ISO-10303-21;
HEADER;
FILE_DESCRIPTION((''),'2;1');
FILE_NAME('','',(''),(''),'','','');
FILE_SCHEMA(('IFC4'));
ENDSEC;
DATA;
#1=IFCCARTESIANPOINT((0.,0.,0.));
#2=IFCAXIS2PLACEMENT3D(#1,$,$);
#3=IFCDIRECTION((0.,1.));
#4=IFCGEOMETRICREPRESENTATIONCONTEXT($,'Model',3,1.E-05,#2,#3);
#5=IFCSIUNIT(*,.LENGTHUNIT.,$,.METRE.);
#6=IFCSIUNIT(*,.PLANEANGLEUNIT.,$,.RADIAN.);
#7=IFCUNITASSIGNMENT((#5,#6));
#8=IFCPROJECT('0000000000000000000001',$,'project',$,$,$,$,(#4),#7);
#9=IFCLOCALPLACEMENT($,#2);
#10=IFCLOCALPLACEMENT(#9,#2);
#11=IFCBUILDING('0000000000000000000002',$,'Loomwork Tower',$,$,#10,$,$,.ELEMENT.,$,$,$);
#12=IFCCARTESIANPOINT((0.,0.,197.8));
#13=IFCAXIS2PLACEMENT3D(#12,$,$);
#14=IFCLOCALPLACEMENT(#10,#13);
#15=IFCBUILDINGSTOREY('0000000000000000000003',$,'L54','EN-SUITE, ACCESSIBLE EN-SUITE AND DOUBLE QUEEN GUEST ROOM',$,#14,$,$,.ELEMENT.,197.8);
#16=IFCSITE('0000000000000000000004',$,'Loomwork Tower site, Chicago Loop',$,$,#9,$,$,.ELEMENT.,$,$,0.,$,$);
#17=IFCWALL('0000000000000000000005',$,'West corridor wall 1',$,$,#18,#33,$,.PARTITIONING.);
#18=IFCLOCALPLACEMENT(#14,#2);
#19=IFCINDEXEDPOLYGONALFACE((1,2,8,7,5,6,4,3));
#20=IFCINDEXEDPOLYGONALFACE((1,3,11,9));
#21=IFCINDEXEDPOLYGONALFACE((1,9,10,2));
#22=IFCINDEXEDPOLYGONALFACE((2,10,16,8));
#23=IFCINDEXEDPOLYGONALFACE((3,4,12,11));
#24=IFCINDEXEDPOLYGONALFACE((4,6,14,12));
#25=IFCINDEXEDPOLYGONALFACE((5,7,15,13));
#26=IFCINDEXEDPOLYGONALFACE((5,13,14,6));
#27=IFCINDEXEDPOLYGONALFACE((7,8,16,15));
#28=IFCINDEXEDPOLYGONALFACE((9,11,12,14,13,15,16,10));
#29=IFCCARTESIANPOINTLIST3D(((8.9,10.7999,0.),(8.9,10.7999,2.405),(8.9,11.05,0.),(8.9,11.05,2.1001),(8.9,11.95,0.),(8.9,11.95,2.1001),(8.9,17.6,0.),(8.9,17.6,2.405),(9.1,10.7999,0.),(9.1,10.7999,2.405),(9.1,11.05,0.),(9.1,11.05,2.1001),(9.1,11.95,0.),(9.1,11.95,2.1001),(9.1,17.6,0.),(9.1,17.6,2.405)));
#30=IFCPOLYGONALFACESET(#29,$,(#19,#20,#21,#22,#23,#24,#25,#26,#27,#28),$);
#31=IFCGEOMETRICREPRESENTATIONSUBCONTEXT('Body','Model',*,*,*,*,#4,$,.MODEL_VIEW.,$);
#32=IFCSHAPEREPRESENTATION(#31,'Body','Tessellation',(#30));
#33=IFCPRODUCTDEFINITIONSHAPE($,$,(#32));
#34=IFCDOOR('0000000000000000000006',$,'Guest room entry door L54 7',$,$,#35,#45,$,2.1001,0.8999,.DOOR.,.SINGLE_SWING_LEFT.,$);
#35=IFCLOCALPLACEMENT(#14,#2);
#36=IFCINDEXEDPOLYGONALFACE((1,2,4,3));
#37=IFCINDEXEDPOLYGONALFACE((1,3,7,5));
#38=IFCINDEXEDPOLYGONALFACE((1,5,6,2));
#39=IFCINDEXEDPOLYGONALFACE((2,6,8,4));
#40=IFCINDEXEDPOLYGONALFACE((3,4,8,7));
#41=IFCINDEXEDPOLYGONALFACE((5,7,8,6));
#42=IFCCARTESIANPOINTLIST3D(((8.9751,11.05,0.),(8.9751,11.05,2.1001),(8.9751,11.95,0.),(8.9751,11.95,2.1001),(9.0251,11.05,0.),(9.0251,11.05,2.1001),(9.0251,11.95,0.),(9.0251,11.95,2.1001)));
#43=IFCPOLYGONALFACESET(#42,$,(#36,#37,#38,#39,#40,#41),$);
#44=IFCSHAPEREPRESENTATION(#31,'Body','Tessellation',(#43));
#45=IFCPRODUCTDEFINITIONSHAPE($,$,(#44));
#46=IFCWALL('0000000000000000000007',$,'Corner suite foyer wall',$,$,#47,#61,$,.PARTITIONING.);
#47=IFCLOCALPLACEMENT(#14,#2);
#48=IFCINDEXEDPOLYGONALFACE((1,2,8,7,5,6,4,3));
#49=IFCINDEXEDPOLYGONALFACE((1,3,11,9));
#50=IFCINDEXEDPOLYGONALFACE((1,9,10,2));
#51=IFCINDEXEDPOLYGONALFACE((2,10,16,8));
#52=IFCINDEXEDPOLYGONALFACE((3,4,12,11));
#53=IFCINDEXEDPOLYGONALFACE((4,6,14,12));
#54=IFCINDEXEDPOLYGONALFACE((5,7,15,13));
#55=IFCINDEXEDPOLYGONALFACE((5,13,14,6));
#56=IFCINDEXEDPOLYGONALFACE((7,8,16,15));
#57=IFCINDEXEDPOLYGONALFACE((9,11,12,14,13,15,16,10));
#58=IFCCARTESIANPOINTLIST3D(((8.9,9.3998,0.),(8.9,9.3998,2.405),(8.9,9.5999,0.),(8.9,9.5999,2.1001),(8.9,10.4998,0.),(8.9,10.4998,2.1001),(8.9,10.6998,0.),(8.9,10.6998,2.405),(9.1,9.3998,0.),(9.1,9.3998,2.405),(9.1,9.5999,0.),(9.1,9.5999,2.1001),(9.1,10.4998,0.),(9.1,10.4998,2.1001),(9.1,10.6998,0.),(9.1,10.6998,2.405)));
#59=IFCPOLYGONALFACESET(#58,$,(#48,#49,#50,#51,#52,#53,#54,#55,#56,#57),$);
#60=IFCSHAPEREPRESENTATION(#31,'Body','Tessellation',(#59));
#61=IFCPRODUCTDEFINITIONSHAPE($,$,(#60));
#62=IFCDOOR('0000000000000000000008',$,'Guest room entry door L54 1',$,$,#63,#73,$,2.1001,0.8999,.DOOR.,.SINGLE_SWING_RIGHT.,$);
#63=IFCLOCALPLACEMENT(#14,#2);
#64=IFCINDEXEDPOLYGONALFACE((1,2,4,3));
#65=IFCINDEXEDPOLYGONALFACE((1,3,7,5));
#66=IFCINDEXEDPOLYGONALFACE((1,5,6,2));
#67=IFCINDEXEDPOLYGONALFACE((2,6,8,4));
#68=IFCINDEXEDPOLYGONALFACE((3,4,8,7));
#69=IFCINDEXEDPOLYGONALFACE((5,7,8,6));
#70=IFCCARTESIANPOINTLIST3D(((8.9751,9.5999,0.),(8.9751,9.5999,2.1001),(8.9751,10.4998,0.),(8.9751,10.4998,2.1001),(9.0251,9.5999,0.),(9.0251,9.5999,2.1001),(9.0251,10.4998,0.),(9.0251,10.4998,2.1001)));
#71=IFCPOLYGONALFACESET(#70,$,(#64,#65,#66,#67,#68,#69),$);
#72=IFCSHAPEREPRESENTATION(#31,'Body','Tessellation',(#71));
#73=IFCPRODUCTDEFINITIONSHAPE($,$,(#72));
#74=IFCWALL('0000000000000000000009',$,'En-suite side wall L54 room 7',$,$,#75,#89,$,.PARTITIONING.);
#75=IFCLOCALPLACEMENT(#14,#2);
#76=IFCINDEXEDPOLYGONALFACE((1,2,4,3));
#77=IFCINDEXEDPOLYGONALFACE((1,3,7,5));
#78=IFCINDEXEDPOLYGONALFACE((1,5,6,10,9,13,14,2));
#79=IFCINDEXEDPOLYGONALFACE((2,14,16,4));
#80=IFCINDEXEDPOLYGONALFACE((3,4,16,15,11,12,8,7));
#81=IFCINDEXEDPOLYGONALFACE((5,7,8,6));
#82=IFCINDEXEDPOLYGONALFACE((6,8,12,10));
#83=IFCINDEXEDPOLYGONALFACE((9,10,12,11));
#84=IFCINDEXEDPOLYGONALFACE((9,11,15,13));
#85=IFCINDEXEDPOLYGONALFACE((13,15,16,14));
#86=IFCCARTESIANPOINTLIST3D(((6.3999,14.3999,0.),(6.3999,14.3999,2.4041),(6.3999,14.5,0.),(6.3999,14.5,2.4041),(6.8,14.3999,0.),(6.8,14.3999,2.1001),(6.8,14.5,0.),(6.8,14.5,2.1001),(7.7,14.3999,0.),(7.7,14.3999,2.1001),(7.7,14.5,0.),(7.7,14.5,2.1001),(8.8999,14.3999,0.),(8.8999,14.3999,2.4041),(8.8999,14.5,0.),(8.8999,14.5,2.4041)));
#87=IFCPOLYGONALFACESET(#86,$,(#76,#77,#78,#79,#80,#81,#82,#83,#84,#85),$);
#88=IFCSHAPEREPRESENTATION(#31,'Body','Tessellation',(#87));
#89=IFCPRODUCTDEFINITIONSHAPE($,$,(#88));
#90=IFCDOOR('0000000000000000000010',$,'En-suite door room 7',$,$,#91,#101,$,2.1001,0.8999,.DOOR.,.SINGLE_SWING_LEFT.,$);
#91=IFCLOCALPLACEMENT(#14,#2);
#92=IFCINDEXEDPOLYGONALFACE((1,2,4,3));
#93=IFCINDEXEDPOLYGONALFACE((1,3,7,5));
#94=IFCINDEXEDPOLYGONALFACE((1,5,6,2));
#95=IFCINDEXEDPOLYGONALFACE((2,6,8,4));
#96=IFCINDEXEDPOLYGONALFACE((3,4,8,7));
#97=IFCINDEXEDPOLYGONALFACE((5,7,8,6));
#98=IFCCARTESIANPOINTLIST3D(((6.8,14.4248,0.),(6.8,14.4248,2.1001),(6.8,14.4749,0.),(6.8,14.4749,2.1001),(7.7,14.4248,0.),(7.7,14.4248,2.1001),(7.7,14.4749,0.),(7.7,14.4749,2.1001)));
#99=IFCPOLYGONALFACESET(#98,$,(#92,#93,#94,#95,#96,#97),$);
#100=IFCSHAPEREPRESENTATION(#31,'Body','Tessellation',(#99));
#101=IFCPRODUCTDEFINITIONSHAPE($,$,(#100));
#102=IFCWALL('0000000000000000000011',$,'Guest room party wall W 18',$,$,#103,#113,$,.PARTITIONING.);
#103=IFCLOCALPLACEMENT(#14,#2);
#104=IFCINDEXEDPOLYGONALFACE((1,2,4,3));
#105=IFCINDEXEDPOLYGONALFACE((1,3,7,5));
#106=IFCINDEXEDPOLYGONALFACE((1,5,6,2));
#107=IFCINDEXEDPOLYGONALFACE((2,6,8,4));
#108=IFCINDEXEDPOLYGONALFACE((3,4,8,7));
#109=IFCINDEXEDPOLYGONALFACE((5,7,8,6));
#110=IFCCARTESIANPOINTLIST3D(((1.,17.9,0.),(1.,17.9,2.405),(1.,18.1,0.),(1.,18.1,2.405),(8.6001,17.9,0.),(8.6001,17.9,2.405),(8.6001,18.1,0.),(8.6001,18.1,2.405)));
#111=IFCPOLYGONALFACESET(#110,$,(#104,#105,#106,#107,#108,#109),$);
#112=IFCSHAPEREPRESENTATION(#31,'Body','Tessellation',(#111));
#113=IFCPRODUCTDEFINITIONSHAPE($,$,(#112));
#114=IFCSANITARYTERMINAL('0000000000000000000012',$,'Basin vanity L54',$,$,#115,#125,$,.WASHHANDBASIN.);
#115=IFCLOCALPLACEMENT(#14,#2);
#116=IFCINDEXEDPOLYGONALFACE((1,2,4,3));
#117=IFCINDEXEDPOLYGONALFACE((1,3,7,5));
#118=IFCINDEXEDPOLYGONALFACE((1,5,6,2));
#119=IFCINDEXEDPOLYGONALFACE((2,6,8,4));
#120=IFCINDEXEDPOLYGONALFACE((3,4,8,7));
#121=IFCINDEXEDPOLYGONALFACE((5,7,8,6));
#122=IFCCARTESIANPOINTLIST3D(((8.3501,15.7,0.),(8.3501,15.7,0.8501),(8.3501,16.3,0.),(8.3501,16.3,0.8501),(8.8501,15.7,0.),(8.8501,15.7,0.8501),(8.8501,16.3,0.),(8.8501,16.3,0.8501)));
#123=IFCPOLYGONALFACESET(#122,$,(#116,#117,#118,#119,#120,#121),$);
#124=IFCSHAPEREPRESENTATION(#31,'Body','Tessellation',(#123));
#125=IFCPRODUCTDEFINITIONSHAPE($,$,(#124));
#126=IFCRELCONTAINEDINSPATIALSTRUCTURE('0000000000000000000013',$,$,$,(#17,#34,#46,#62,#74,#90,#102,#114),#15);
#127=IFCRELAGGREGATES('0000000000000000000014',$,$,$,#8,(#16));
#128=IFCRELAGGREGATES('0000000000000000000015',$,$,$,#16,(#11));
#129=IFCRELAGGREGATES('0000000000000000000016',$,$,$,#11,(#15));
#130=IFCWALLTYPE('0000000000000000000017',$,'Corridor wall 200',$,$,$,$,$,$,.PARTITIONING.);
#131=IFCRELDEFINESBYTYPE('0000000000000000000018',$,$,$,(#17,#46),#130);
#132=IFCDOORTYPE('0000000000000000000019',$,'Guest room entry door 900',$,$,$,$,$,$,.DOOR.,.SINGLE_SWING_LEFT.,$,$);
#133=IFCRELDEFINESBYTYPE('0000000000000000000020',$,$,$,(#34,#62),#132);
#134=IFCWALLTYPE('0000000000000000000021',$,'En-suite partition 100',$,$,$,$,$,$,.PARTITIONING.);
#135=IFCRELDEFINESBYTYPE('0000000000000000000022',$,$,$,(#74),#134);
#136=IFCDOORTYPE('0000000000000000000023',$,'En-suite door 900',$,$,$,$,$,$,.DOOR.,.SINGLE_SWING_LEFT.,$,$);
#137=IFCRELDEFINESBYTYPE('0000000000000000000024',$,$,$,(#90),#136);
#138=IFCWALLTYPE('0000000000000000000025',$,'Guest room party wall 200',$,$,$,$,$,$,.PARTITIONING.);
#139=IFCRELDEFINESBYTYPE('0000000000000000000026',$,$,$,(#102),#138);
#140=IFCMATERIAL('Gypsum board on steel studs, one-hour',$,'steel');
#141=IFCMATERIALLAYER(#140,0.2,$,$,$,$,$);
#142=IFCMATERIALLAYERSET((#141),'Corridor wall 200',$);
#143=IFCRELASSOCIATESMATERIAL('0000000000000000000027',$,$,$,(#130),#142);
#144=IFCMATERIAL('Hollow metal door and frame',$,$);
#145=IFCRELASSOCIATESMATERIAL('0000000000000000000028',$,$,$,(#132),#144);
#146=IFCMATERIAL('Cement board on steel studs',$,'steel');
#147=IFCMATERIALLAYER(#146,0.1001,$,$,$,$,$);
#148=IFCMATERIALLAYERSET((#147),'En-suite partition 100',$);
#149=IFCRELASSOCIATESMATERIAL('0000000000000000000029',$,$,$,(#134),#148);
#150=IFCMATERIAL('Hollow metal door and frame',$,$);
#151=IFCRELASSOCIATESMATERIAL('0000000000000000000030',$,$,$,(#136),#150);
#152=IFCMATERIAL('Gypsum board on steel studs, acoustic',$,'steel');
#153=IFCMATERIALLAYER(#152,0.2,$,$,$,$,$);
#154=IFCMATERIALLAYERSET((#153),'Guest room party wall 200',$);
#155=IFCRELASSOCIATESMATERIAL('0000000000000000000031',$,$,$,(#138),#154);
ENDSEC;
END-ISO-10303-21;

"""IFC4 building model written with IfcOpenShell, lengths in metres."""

from ifc_helpers import new_model, si_unit, direction, frame, frame_2d, origin, origin_2d, place, context, subcontext, project, spatial, rectangle, extrude, material, layer, layer_set, type_object, element, fill, save


model = new_model("IFC4")

# Units and contexts
model_context = context("Model", 3, precision=1e-05, world=origin(), true_north=direction((0.0, 1.0)))
body_context = subcontext(model_context, "Body", "Model", "MODEL_VIEW")
ifc_project = project(units=[si_unit("LENGTHUNIT", "METRE"), si_unit("PLANEANGLEUNIT", "RADIAN")], contexts=[model_context])

# Site, building, storey
site_placement = place(None, origin())
site = spatial("IfcSite", under=ifc_project, at=site_placement, Name="Loomwork Tower site, Chicago Loop", CompositionType="ELEMENT", RefElevation=0.0)
building_placement = place(site_placement, origin())
building = spatial("IfcBuilding", under=site, at=building_placement, Name="Loomwork Tower", CompositionType="ELEMENT")
storey_placement = place(building_placement, frame((0.0, 0.0, 197.8)))
storey = spatial("IfcBuildingStorey", under=building, at=storey_placement, Name="L54", Description="EN-SUITE, ACCESSIBLE EN-SUITE AND DOUBLE QUEEN GUEST ROOM", CompositionType="ELEMENT", Elevation=197.8)

# Walls, openings, doors
ifc_material_1 = material(Name="Gypsum board on steel studs, one-hour", Category="steel")
ifc_layer_1 = layer(ifc_material_1, 0.2)
ifc_layer_set_1 = layer_set([ifc_layer_1], Name="Corridor wall 200")
wall_type_1 = type_object("IfcWallType", Name="Corridor wall 200", PredefinedType="PARTITIONING", material=ifc_layer_set_1)
wall_1_placement = place(storey_placement, frame((9.0, 10.8, 0.0), z_axis=(0.0, 0.0, 1.0), x_axis=(0.0, 1.0, 0.0)))
wall_1 = element("IfcWall", 1, at=wall_1_placement, inside=storey, type_object=wall_type_1, Name="West corridor wall 1", PredefinedType="PARTITIONING", context=body_context, shape_type="SweptSolid", body=[
    extrude(rectangle(XDim=6.8, YDim=0.2, at=frame_2d((3.3999, 0.0))), origin(), (0.0, 0.0, 1.0), 2.405),
])
opening_1_placement = place(wall_1_placement, frame((0.25, 0.0, 0.0)))
opening_1 = element("IfcOpeningElement", 2, at=opening_1_placement, cuts=wall_1, PredefinedType="OPENING", context=body_context, shape_type="SweptSolid", body=[
    extrude(rectangle(XDim=0.8999, YDim=2.1001, at=frame_2d((0.45, 1.05))), frame((0.0, 0.1099, 0.0), z_axis=(0.0, -1.0, 0.0), x_axis=(1.0, 0.0, 0.0)), (0.0, 0.0, 1.0), 0.22),
])
ifc_material_2 = material(Name="Hollow metal door and frame")
door_type_1 = type_object("IfcDoorType", Name="Guest room entry door 900", OperationType="SINGLE_SWING_LEFT", PredefinedType="DOOR", material=ifc_material_2)
door_1_placement = place(opening_1_placement, origin())
door_1 = element("IfcDoor", 3, at=door_1_placement, inside=storey, type_object=door_type_1, Name="Guest room entry door L54 7", OperationType="SINGLE_SWING_LEFT", OverallHeight=2.1001, OverallWidth=0.8999, PredefinedType="DOOR", context=body_context, shape_type="SweptSolid", body=[
    extrude(rectangle(XDim=0.8999, YDim=2.1001, at=frame_2d((0.45, 1.05))), frame((0.0, 0.0249, 0.0), z_axis=(0.0, -1.0, 0.0), x_axis=(1.0, 0.0, 0.0)), (0.0, 0.0, 1.0), 0.05),
])
fill(opening_1, door_1)
wall_2_placement = place(storey_placement, frame((9.0, 9.3999, 0.0), z_axis=(0.0, 0.0, 1.0), x_axis=(0.0, 1.0, 0.0)))
wall_2 = element("IfcWall", 4, at=wall_2_placement, inside=storey, type_object=wall_type_1, Name="Corner suite foyer wall", PredefinedType="PARTITIONING", context=body_context, shape_type="SweptSolid", body=[
    extrude(rectangle(XDim=1.3, YDim=0.2, at=frame_2d((0.6499, 0.0))), origin(), (0.0, 0.0, 1.0), 2.405),
])
opening_2_placement = place(wall_2_placement, frame((0.2, 0.0, 0.0)))
opening_2 = element("IfcOpeningElement", 5, at=opening_2_placement, cuts=wall_2, PredefinedType="OPENING", context=body_context, shape_type="SweptSolid", body=[
    extrude(rectangle(XDim=0.8999, YDim=2.1001, at=frame_2d((0.45, 1.05))), frame((0.0, 0.1099, 0.0), z_axis=(0.0, -1.0, 0.0), x_axis=(1.0, 0.0, 0.0)), (0.0, 0.0, 1.0), 0.22),
])
door_2_placement = place(opening_2_placement, origin())
door_2 = element("IfcDoor", 6, at=door_2_placement, inside=storey, type_object=door_type_1, Name="Guest room entry door L54 1", OperationType="SINGLE_SWING_RIGHT", OverallHeight=2.1001, OverallWidth=0.8999, PredefinedType="DOOR", context=body_context, shape_type="SweptSolid", body=[
    extrude(rectangle(XDim=0.8999, YDim=2.1001, at=frame_2d((0.45, 1.05))), frame((0.0, 0.0249, 0.0), z_axis=(0.0, -1.0, 0.0), x_axis=(1.0, 0.0, 0.0)), (0.0, 0.0, 1.0), 0.05),
])
fill(opening_2, door_2)
ifc_material_3 = material(Name="Cement board on steel studs", Category="steel")
ifc_layer_2 = layer(ifc_material_3, 0.1001)
ifc_layer_set_2 = layer_set([ifc_layer_2], Name="En-suite partition 100")
wall_type_2 = type_object("IfcWallType", Name="En-suite partition 100", PredefinedType="PARTITIONING", material=ifc_layer_set_2)
wall_3_placement = place(storey_placement, frame((8.8999, 14.45, 0.0), z_axis=(0.0, 0.0, 1.0), x_axis=(-1.0, 0.0, 0.0)))
wall_3 = element("IfcWall", 7, at=wall_3_placement, inside=storey, type_object=wall_type_2, Name="En-suite side wall L54 room 7", PredefinedType="PARTITIONING", context=body_context, shape_type="SweptSolid", body=[
    extrude(rectangle(XDim=2.5, YDim=0.1001, at=frame_2d((1.25, 0.0))), origin(), (0.0, 0.0, 1.0), 2.4041),
])
opening_3_placement = place(wall_3_placement, frame((1.2, 0.0, 0.0)))
opening_3 = element("IfcOpeningElement", 8, at=opening_3_placement, cuts=wall_3, PredefinedType="OPENING", context=body_context, shape_type="SweptSolid", body=[
    extrude(rectangle(XDim=0.8999, YDim=2.1001, at=frame_2d((0.45, 1.05))), frame((0.0, 0.0601, 0.0), z_axis=(0.0, -1.0, 0.0), x_axis=(1.0, 0.0, 0.0)), (0.0, 0.0, 1.0), 0.1201),
])
ifc_material_4 = material(Name="Hollow metal door and frame")
door_type_2 = type_object("IfcDoorType", Name="En-suite door 900", OperationType="SINGLE_SWING_LEFT", PredefinedType="DOOR", material=ifc_material_4)
door_3_placement = place(opening_3_placement, frame((0.8999, 0.0, 0.0), z_axis=(0.0, 0.0, 1.0), x_axis=(-1.0, 0.0, 0.0)))
door_3 = element("IfcDoor", 9, at=door_3_placement, inside=storey, type_object=door_type_2, Name="En-suite door room 7", OperationType="SINGLE_SWING_LEFT", OverallHeight=2.1001, OverallWidth=0.8999, PredefinedType="DOOR", context=body_context, shape_type="SweptSolid", body=[
    extrude(rectangle(XDim=0.8999, YDim=2.1001, at=frame_2d((0.45, 1.05))), frame((0.0, 0.0249, 0.0), z_axis=(0.0, -1.0, 0.0), x_axis=(1.0, 0.0, 0.0)), (0.0, 0.0, 1.0), 0.05),
])
fill(opening_3, door_3)

# Wall
ifc_material_5 = material(Name="Gypsum board on steel studs, acoustic", Category="steel")
ifc_layer_3 = layer(ifc_material_5, 0.2)
ifc_layer_set_3 = layer_set([ifc_layer_3], Name="Guest room party wall 200")
wall_type_3 = type_object("IfcWallType", Name="Guest room party wall 200", PredefinedType="PARTITIONING", material=ifc_layer_set_3)
wall_4_placement = place(storey_placement, frame((8.6001, 18.0, 0.0), z_axis=(0.0, 0.0, 1.0), x_axis=(-1.0, 0.0, 0.0)))
element("IfcWall", 10, at=wall_4_placement, inside=storey, type_object=wall_type_3, Name="Guest room party wall W 18", PredefinedType="PARTITIONING", context=body_context, shape_type="SweptSolid", body=[
    extrude(rectangle(XDim=7.6001, YDim=0.2, at=frame_2d((3.8, 0.0))), origin(), (0.0, 0.0, 1.0), 2.405),
])

# Sanitary terminal
sanitary_terminal_placement = place(storey_placement, frame((8.6001, 16.0, 0.0), z_axis=(0.0, 0.0, 1.0), x_axis=(1.0, 0.0, 0.0)))
element("IfcSanitaryTerminal", 11, at=sanitary_terminal_placement, inside=storey, Name="Basin vanity L54", PredefinedType="WASHHANDBASIN", context=body_context, shape_type="SweptSolid", body=[
    extrude(rectangle(XDim=0.5, YDim=0.6001, at=origin_2d()), origin(), (0.0, 0.0, 1.0), 0.8501),
])

save(model, "model.ifc")
